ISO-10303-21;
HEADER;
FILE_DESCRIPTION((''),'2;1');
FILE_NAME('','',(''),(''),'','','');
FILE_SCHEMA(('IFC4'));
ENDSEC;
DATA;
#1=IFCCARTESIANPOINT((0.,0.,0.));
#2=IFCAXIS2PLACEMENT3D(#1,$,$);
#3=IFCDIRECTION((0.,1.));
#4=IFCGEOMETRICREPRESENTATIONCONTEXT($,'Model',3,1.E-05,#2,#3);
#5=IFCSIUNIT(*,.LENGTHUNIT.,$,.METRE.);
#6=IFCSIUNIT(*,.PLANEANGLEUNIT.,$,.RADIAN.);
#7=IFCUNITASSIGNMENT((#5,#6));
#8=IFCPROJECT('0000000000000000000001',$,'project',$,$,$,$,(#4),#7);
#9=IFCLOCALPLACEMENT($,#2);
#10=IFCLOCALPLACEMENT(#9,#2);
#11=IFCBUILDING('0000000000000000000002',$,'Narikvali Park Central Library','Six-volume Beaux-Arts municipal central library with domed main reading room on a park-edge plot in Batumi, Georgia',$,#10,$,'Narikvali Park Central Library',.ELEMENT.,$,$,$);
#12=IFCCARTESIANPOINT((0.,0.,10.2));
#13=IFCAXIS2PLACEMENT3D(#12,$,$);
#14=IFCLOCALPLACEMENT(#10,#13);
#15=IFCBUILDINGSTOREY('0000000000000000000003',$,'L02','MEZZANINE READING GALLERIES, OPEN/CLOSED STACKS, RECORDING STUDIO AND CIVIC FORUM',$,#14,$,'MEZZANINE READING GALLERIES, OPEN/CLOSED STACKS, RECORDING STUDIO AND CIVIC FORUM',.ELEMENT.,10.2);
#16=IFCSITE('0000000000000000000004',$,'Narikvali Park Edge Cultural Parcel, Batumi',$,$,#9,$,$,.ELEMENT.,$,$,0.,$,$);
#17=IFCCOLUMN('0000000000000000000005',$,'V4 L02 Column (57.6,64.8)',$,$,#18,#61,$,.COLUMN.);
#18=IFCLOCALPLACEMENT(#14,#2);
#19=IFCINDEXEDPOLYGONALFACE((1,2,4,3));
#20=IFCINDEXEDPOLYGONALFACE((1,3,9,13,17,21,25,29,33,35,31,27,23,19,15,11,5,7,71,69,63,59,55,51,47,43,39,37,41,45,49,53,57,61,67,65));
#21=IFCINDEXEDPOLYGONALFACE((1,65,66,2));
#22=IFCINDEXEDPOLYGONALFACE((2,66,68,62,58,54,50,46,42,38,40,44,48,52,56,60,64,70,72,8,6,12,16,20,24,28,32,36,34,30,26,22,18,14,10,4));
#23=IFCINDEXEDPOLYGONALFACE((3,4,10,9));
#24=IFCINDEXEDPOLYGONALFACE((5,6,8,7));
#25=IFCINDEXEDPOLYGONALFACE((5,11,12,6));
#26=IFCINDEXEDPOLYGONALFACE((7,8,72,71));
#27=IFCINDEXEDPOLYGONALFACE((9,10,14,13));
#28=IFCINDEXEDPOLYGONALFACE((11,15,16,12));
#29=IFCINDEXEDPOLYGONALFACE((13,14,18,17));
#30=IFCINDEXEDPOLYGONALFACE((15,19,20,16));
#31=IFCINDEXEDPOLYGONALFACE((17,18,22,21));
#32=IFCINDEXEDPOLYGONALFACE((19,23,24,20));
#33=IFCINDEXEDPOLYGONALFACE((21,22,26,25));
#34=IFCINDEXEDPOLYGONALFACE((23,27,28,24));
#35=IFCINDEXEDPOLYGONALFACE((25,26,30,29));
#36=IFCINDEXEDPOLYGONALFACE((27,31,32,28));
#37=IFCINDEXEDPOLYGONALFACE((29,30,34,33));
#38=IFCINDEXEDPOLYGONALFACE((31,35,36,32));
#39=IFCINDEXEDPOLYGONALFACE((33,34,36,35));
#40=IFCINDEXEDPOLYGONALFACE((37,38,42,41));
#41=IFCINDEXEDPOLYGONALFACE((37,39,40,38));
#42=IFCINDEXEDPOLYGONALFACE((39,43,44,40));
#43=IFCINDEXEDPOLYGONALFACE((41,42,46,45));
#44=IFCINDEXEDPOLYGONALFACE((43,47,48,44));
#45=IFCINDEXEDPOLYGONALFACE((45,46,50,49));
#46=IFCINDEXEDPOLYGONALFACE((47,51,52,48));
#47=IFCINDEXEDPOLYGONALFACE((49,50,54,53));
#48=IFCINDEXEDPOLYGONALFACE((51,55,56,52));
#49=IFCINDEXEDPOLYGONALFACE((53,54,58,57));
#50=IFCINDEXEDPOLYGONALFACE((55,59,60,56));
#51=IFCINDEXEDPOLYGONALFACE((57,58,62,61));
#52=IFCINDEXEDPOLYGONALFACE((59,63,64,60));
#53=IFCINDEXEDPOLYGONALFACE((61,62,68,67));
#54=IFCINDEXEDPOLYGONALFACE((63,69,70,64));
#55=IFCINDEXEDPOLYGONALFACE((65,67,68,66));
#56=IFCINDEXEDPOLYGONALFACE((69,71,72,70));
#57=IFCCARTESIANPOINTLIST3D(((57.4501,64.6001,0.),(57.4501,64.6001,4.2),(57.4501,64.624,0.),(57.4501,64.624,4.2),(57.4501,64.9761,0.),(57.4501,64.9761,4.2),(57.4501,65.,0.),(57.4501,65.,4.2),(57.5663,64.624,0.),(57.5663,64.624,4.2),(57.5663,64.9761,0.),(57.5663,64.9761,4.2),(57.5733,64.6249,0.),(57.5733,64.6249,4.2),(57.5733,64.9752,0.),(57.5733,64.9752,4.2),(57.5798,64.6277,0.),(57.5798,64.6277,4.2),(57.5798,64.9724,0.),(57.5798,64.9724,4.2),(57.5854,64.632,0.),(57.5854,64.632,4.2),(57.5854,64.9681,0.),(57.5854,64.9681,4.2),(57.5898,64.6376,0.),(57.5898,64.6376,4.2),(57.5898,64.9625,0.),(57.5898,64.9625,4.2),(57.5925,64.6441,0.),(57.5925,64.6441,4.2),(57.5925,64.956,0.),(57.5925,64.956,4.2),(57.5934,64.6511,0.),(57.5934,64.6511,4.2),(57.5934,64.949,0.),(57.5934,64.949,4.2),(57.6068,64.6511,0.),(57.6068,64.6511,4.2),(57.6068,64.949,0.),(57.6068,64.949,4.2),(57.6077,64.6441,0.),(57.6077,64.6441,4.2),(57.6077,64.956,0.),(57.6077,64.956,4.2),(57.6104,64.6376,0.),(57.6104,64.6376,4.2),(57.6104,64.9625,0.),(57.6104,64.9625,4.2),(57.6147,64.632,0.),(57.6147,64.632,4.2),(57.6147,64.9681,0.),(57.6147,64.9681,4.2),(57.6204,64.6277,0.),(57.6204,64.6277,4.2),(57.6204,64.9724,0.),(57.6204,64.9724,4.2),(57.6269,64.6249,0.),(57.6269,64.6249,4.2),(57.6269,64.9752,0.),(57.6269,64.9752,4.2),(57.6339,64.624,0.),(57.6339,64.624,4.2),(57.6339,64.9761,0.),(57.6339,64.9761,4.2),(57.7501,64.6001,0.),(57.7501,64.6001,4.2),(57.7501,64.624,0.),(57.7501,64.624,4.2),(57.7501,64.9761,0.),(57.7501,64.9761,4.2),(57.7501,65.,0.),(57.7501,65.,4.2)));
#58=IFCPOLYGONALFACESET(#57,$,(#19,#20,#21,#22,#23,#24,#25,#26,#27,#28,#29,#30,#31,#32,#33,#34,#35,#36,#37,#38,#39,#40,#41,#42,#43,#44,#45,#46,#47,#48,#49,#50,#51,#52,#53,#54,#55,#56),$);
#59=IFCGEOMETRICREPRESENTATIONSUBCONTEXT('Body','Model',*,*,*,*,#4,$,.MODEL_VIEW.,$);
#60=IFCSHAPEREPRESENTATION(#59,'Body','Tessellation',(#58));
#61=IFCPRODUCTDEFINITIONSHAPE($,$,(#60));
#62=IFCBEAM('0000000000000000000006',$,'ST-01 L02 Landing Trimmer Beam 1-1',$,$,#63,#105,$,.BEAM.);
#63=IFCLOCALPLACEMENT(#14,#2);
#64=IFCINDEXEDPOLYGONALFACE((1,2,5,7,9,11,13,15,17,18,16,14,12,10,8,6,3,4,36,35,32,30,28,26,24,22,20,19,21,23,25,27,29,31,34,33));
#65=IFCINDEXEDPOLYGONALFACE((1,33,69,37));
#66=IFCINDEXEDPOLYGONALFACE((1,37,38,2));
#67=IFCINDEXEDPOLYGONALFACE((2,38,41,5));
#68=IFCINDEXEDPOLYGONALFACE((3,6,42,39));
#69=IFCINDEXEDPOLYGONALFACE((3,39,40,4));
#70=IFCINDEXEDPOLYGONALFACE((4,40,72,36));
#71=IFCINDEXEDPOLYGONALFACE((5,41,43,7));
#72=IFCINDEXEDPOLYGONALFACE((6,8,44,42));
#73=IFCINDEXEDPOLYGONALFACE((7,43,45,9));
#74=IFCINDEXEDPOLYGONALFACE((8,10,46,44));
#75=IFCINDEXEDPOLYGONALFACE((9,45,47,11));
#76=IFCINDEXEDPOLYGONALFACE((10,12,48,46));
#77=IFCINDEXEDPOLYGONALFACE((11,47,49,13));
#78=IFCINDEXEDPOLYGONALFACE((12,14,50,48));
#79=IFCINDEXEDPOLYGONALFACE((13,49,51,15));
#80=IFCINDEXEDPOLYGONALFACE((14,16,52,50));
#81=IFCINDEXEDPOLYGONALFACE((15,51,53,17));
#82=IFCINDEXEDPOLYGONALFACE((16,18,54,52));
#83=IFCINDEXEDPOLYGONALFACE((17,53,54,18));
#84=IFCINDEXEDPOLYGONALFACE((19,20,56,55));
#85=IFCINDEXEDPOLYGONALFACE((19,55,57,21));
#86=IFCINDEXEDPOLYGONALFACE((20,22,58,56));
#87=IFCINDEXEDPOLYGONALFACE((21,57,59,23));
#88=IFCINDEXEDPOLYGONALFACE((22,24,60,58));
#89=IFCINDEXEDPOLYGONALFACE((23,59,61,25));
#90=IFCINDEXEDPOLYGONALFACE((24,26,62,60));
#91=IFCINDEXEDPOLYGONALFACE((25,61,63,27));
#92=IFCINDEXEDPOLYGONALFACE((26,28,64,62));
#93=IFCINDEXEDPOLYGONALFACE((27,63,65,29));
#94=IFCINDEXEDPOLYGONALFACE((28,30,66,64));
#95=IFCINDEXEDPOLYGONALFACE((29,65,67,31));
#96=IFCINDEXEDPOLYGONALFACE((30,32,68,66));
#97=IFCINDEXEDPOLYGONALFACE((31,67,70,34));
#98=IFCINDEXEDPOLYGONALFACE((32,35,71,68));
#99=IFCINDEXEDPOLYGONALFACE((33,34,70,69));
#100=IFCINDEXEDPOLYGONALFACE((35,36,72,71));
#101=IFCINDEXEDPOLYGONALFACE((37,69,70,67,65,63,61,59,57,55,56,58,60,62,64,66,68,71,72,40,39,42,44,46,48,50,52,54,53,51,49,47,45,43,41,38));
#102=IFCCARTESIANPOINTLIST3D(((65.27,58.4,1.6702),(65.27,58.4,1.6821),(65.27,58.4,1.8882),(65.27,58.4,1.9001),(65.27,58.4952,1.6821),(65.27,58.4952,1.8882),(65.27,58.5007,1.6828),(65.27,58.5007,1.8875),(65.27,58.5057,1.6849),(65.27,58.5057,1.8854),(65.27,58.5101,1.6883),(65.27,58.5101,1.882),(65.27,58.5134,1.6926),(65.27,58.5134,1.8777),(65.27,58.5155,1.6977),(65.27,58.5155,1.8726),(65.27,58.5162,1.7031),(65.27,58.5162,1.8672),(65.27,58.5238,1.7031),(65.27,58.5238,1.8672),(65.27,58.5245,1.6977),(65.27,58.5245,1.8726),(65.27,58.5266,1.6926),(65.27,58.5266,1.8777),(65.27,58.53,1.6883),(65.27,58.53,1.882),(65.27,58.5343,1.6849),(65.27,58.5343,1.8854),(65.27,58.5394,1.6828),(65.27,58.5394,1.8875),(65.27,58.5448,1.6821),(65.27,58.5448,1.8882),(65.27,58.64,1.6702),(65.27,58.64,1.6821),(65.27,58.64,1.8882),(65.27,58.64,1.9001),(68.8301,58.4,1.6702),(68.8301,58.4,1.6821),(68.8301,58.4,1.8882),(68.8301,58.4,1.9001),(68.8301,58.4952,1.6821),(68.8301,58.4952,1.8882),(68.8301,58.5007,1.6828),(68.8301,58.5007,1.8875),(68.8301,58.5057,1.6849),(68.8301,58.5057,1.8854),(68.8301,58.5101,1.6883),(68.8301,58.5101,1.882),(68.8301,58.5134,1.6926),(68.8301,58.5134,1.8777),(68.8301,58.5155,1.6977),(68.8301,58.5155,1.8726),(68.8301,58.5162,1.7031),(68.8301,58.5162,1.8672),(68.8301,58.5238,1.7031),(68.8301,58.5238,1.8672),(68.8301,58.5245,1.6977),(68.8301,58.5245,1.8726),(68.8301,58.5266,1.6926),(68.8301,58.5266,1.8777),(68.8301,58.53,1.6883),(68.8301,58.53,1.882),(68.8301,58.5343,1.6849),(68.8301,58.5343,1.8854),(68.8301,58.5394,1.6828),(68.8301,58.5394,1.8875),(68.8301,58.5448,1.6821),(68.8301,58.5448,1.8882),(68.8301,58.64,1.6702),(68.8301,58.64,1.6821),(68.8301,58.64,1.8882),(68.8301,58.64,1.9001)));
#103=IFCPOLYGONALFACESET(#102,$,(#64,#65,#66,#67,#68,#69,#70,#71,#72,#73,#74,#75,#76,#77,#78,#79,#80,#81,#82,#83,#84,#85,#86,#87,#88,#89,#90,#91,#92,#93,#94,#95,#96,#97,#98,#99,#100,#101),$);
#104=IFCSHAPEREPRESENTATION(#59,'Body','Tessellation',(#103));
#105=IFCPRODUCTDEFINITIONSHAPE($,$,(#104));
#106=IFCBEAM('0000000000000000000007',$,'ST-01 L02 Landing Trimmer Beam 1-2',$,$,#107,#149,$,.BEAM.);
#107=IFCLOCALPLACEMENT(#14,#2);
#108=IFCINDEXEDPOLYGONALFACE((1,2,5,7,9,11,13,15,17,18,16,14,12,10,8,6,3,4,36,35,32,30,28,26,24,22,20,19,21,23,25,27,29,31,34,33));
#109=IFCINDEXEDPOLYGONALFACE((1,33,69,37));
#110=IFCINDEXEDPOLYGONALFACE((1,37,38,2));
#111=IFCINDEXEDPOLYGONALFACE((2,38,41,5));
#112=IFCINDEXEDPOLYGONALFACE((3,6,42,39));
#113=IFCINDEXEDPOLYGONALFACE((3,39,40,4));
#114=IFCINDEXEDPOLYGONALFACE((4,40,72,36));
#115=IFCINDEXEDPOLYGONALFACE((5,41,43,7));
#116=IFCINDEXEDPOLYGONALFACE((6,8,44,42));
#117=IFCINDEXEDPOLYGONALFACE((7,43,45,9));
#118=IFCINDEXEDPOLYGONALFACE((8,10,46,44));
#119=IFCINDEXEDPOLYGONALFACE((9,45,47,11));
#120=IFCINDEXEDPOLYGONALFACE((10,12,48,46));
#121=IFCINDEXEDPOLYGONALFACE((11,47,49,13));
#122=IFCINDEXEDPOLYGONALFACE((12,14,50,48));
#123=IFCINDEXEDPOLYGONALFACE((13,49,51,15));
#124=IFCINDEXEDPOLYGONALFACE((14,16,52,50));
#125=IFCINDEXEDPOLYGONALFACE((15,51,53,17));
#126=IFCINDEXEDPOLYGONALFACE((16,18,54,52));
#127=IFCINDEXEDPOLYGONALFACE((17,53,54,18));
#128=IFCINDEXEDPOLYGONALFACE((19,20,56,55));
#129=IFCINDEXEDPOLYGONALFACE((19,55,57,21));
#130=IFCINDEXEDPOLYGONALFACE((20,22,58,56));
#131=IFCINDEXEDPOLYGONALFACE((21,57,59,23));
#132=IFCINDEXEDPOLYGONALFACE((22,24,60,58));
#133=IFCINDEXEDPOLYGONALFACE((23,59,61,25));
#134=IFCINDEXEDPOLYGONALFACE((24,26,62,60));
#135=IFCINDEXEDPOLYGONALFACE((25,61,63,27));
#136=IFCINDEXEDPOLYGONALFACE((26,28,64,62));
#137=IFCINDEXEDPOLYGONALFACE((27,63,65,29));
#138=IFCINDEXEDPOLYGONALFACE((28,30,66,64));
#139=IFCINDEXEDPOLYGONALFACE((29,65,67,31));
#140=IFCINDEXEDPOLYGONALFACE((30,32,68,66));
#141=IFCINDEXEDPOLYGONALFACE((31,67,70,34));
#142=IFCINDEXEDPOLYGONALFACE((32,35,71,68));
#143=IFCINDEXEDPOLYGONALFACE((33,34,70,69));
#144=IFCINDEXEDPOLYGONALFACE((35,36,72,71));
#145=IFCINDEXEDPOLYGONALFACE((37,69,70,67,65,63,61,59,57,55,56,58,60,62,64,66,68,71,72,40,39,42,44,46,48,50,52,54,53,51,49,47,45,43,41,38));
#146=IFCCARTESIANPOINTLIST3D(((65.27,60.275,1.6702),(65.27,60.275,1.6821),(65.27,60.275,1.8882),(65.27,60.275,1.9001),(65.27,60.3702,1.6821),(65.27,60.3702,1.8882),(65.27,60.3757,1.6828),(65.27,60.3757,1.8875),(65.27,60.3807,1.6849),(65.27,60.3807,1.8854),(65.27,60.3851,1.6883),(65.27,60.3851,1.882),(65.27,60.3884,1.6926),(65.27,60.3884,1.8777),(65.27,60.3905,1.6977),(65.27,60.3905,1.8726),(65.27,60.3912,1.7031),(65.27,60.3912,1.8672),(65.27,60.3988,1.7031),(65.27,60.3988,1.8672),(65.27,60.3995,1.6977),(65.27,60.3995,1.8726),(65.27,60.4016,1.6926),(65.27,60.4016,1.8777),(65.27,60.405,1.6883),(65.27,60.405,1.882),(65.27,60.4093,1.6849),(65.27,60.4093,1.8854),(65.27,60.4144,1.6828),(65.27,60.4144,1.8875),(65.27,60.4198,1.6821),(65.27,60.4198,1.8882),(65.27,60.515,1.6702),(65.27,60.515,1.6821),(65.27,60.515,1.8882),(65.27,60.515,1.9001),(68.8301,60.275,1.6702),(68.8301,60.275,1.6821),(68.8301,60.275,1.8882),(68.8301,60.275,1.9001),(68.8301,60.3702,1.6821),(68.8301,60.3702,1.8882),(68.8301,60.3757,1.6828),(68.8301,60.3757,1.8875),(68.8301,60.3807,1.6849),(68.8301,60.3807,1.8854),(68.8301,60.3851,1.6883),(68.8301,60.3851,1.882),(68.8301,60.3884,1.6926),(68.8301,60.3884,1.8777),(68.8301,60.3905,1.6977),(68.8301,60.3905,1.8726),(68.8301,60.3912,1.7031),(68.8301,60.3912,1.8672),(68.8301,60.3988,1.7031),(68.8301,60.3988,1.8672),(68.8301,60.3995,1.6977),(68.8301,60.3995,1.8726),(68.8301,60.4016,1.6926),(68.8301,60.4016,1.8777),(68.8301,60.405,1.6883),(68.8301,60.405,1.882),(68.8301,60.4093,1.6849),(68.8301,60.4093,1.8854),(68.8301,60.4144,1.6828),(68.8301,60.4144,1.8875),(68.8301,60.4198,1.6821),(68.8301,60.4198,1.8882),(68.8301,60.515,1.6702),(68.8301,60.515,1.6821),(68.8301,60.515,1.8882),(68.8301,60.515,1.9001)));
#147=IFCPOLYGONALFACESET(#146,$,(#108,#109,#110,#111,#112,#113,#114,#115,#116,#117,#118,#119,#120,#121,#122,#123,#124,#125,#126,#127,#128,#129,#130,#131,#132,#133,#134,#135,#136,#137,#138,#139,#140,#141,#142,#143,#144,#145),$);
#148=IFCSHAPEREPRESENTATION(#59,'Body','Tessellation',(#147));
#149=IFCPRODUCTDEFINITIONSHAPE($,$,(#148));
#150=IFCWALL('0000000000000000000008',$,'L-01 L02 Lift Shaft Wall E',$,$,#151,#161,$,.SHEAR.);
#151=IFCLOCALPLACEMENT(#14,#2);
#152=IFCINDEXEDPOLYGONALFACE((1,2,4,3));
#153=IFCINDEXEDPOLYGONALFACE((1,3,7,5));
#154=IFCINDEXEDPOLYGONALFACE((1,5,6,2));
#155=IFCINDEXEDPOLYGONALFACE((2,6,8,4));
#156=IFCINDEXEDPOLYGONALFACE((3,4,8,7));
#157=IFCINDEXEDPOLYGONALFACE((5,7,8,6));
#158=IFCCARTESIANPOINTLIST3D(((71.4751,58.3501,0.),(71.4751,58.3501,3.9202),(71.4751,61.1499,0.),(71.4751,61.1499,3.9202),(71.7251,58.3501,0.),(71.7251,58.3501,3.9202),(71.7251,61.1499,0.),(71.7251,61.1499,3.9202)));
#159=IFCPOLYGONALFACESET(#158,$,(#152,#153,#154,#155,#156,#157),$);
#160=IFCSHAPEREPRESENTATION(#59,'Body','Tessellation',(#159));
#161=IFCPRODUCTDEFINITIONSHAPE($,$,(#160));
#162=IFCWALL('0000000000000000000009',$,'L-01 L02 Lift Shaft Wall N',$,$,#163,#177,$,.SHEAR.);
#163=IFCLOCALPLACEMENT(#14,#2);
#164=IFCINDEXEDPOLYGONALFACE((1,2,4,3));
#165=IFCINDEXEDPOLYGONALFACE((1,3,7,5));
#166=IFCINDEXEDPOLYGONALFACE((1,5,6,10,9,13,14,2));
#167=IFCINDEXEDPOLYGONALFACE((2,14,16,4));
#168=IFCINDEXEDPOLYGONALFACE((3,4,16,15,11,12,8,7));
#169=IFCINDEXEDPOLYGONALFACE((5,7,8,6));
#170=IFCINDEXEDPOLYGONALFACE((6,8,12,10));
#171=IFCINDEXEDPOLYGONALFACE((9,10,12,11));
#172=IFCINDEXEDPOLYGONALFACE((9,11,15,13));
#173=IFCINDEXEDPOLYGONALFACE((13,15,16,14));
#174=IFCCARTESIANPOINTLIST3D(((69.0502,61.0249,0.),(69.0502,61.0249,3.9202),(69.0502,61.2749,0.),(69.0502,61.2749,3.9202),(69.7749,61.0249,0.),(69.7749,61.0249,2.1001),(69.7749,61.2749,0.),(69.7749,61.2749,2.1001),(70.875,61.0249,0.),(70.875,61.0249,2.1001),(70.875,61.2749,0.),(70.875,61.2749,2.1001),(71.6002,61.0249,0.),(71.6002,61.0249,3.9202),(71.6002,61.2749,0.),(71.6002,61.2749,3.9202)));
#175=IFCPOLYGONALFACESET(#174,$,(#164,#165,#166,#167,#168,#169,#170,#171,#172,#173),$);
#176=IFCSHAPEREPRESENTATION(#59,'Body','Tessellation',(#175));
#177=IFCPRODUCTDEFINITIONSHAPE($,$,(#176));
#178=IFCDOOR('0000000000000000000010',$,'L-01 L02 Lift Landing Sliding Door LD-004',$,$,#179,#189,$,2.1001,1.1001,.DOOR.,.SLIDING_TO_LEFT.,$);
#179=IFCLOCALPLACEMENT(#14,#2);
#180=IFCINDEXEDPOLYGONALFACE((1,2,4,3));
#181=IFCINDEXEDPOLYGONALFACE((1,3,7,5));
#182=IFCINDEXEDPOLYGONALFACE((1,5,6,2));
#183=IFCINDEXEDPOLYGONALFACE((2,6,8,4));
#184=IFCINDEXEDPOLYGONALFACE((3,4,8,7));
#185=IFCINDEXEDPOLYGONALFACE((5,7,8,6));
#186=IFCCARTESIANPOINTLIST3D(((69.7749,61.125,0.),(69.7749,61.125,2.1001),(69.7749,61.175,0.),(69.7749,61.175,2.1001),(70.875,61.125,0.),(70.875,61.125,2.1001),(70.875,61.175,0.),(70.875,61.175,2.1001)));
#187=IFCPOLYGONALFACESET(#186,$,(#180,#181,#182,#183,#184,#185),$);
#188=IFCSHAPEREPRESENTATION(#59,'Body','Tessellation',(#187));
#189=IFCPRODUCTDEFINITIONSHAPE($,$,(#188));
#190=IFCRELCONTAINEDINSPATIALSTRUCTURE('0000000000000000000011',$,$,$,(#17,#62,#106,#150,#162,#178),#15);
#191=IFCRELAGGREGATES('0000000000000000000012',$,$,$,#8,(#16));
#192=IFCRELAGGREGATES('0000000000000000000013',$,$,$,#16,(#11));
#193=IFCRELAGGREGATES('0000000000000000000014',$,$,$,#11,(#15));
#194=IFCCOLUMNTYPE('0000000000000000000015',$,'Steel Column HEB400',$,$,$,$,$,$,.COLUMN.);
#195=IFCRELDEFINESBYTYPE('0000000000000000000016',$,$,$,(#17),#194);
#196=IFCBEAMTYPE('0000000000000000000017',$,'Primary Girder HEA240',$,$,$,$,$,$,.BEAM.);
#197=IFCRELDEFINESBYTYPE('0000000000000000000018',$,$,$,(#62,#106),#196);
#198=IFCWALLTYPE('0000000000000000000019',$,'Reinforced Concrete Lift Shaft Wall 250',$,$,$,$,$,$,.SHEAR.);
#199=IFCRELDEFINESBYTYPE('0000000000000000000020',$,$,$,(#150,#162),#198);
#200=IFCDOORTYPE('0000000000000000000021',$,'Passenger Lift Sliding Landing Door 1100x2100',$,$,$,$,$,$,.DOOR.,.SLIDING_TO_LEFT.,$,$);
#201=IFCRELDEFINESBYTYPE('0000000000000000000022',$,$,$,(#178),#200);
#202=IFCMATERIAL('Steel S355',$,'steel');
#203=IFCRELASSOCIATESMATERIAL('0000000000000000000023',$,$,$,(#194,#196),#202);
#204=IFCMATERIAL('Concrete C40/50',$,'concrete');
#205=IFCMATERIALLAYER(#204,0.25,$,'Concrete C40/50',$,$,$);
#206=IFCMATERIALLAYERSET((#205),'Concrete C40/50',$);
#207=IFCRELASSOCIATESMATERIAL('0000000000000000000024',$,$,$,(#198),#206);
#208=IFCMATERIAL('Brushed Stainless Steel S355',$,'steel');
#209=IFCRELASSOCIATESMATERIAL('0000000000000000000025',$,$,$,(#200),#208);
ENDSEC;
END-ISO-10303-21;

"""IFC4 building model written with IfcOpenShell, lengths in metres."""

from ifc_helpers import new_model, si_unit, direction, frame, frame_2d, origin, origin_2d, place, context, subcontext, project, spatial, rectangle, i_section, extrude, material, layer, layer_set, material_profile, profile_set, type_object, element, fill, save


model = new_model("IFC4")

# Units and contexts
model_context = context("Model", 3, precision=1e-05, world=origin(), true_north=direction((0.0, 1.0)))
body_context = subcontext(model_context, "Body", "Model", "MODEL_VIEW")
ifc_project = project(units=[si_unit("LENGTHUNIT", "METRE"), si_unit("PLANEANGLEUNIT", "RADIAN")], contexts=[model_context])

# Site, building, storey
site_placement = place(None, origin())
site = spatial("IfcSite", under=ifc_project, at=site_placement, Name="Narikvali Park Edge Cultural Parcel, Batumi", CompositionType="ELEMENT", RefElevation=0.0)
building_placement = place(site_placement, origin())
building = spatial("IfcBuilding", under=site, at=building_placement, Name="Narikvali Park Central Library", Description="Six-volume Beaux-Arts municipal central library with domed main reading room on a park-edge plot in Batumi, Georgia", LongName="Narikvali Park Central Library", CompositionType="ELEMENT")
storey_placement = place(building_placement, frame((0.0, 0.0, 10.2)))
storey = spatial("IfcBuildingStorey", under=building, at=storey_placement, Name="L02", Description="MEZZANINE READING GALLERIES, OPEN/CLOSED STACKS, RECORDING STUDIO AND CIVIC FORUM", LongName="MEZZANINE READING GALLERIES, OPEN/CLOSED STACKS, RECORDING STUDIO AND CIVIC FORUM", CompositionType="ELEMENT", Elevation=10.2)

# Column
ifc_material_1 = material(Name="Steel S355", Category="steel")
ifc_material_profile_1 = material_profile(ifc_material_1, i_section(OverallWidth=0.3, OverallDepth=0.3999, WebThickness=0.0134, FlangeThickness=0.0239, FilletRadius=0.0271, at=origin_2d()), Name="HEB 400")
ifc_profile_set_1 = profile_set([ifc_material_profile_1], Name="Steel S355")
column_type = type_object("IfcColumnType", Name="Steel Column HEB400", PredefinedType="COLUMN", material=ifc_profile_set_1)
column_placement = place(storey_placement, frame((57.6001, 64.8, 0.0), z_axis=(0.0, 0.0, 1.0), x_axis=(1.0, 0.0, 0.0)))
element("IfcColumn", 1, at=column_placement, inside=storey, type_object=column_type, Name="V4 L02 Column (57.6,64.8)", PredefinedType="COLUMN", context=body_context, shape_type="SweptSolid", body=[
    extrude(i_section(OverallWidth=0.3, OverallDepth=0.3999, WebThickness=0.0134, FlangeThickness=0.0239, FilletRadius=0.0271, at=origin_2d()), origin(), (0.0, 0.0, 1.0), 4.2),
])

# Beams
ifc_material_profile_2 = material_profile(ifc_material_1, i_section(OverallWidth=0.24, OverallDepth=0.23, WebThickness=0.0076, FlangeThickness=0.012, FilletRadius=0.021, at=origin_2d()), Name="HEA 240")
ifc_profile_set_2 = profile_set([ifc_material_profile_2], Name="Steel S355")
beam_type = type_object("IfcBeamType", Name="Primary Girder HEA240", PredefinedType="BEAM", material=ifc_profile_set_2)
for number, where, z_axis, x_axis, name in (
    (2, (65.27, 58.52, 1.7852), (1.0, 0.0, 0.0), (0.0, 1.0, 0.0), "ST-01 L02 Landing Trimmer Beam 1-1"),
    (3, (65.27, 60.395, 1.7852), (1.0, 0.0, 0.0), (0.0, 1.0, 0.0), "ST-01 L02 Landing Trimmer Beam 1-2"),
):
    element("IfcBeam", number, at=place(storey_placement, frame(where, z_axis=z_axis, x_axis=x_axis)), inside=storey, type_object=beam_type, Name=name, PredefinedType="BEAM", context=body_context, shape_type="SweptSolid", body=[
        extrude(i_section(OverallWidth=0.24, OverallDepth=0.23, WebThickness=0.0076, FlangeThickness=0.012, FilletRadius=0.021, at=origin_2d()), origin(), (0.0, 0.0, 1.0), 3.5601),
    ])

# Wall
ifc_material_2 = material(Name="Concrete C40/50", Category="concrete")
ifc_layer_1 = layer(ifc_material_2, 0.25, Name="Concrete C40/50")
ifc_layer_set_1 = layer_set([ifc_layer_1], Name="Concrete C40/50")
wall_type = type_object("IfcWallType", Name="Reinforced Concrete Lift Shaft Wall 250", PredefinedType="SHEAR", material=ifc_layer_set_1)
wall_1_placement = place(storey_placement, frame((71.6001, 58.3501, 0.0), z_axis=(0.0, 0.0, 1.0), x_axis=(0.0, 1.0, 0.0)))
element("IfcWall", 4, at=wall_1_placement, inside=storey, type_object=wall_type, Name="L-01 L02 Lift Shaft Wall E", PredefinedType="SHEAR", context=body_context, shape_type="SweptSolid", body=[
    extrude(rectangle(XDim=2.7998, YDim=0.25, at=frame_2d((1.3999, 0.0))), origin(), (0.0, 0.0, 1.0), 3.9202),
])

# Wall, opening, door
wall_2_placement = place(storey_placement, frame((71.6001, 61.1499, 0.0), z_axis=(0.0, 0.0, 1.0), x_axis=(-1.0, 0.0, 0.0)))
wall_2 = element("IfcWall", 5, at=wall_2_placement, inside=storey, type_object=wall_type, Name="L-01 L02 Lift Shaft Wall N", PredefinedType="SHEAR", context=body_context, shape_type="SweptSolid", body=[
    extrude(rectangle(XDim=2.55, YDim=0.25, at=frame_2d((1.2749, 0.0))), origin(), (0.0, 0.0, 1.0), 3.9202),
])
opening_placement = place(wall_2_placement, frame((0.7251, 0.0, 0.0)))
opening = element("IfcOpeningElement", 6, at=opening_placement, cuts=wall_2, PredefinedType="OPENING", context=body_context, shape_type="SweptSolid", body=[
    extrude(rectangle(XDim=1.1001, YDim=2.1001, at=frame_2d((0.55, 1.05))), frame((0.0, 0.137, 0.0), z_axis=(0.0, -1.0, 0.0), x_axis=(1.0, 0.0, 0.0)), (0.0, 0.0, 1.0), 0.2739),
])
ifc_material_3 = material(Name="Brushed Stainless Steel S355", Category="steel")
door_type = type_object("IfcDoorType", Name="Passenger Lift Sliding Landing Door 1100x2100", OperationType="SLIDING_TO_LEFT", PredefinedType="DOOR", material=ifc_material_3)
door_placement = place(opening_placement, origin())
door = element("IfcDoor", 7, at=door_placement, inside=storey, type_object=door_type, Name="L-01 L02 Lift Landing Sliding Door LD-004", OperationType="SLIDING_TO_LEFT", OverallHeight=2.1001, OverallWidth=1.1001, PredefinedType="DOOR", context=body_context, shape_type="SweptSolid", body=[
    extrude(rectangle(XDim=1.1001, YDim=2.1001, at=frame_2d((0.55, 1.05))), frame((0.0, 0.0249, 0.0), z_axis=(0.0, -1.0, 0.0), x_axis=(1.0, 0.0, 0.0)), (0.0, 0.0, 1.0), 0.05),
])
fill(opening, door)

save(model, "model.ifc")
